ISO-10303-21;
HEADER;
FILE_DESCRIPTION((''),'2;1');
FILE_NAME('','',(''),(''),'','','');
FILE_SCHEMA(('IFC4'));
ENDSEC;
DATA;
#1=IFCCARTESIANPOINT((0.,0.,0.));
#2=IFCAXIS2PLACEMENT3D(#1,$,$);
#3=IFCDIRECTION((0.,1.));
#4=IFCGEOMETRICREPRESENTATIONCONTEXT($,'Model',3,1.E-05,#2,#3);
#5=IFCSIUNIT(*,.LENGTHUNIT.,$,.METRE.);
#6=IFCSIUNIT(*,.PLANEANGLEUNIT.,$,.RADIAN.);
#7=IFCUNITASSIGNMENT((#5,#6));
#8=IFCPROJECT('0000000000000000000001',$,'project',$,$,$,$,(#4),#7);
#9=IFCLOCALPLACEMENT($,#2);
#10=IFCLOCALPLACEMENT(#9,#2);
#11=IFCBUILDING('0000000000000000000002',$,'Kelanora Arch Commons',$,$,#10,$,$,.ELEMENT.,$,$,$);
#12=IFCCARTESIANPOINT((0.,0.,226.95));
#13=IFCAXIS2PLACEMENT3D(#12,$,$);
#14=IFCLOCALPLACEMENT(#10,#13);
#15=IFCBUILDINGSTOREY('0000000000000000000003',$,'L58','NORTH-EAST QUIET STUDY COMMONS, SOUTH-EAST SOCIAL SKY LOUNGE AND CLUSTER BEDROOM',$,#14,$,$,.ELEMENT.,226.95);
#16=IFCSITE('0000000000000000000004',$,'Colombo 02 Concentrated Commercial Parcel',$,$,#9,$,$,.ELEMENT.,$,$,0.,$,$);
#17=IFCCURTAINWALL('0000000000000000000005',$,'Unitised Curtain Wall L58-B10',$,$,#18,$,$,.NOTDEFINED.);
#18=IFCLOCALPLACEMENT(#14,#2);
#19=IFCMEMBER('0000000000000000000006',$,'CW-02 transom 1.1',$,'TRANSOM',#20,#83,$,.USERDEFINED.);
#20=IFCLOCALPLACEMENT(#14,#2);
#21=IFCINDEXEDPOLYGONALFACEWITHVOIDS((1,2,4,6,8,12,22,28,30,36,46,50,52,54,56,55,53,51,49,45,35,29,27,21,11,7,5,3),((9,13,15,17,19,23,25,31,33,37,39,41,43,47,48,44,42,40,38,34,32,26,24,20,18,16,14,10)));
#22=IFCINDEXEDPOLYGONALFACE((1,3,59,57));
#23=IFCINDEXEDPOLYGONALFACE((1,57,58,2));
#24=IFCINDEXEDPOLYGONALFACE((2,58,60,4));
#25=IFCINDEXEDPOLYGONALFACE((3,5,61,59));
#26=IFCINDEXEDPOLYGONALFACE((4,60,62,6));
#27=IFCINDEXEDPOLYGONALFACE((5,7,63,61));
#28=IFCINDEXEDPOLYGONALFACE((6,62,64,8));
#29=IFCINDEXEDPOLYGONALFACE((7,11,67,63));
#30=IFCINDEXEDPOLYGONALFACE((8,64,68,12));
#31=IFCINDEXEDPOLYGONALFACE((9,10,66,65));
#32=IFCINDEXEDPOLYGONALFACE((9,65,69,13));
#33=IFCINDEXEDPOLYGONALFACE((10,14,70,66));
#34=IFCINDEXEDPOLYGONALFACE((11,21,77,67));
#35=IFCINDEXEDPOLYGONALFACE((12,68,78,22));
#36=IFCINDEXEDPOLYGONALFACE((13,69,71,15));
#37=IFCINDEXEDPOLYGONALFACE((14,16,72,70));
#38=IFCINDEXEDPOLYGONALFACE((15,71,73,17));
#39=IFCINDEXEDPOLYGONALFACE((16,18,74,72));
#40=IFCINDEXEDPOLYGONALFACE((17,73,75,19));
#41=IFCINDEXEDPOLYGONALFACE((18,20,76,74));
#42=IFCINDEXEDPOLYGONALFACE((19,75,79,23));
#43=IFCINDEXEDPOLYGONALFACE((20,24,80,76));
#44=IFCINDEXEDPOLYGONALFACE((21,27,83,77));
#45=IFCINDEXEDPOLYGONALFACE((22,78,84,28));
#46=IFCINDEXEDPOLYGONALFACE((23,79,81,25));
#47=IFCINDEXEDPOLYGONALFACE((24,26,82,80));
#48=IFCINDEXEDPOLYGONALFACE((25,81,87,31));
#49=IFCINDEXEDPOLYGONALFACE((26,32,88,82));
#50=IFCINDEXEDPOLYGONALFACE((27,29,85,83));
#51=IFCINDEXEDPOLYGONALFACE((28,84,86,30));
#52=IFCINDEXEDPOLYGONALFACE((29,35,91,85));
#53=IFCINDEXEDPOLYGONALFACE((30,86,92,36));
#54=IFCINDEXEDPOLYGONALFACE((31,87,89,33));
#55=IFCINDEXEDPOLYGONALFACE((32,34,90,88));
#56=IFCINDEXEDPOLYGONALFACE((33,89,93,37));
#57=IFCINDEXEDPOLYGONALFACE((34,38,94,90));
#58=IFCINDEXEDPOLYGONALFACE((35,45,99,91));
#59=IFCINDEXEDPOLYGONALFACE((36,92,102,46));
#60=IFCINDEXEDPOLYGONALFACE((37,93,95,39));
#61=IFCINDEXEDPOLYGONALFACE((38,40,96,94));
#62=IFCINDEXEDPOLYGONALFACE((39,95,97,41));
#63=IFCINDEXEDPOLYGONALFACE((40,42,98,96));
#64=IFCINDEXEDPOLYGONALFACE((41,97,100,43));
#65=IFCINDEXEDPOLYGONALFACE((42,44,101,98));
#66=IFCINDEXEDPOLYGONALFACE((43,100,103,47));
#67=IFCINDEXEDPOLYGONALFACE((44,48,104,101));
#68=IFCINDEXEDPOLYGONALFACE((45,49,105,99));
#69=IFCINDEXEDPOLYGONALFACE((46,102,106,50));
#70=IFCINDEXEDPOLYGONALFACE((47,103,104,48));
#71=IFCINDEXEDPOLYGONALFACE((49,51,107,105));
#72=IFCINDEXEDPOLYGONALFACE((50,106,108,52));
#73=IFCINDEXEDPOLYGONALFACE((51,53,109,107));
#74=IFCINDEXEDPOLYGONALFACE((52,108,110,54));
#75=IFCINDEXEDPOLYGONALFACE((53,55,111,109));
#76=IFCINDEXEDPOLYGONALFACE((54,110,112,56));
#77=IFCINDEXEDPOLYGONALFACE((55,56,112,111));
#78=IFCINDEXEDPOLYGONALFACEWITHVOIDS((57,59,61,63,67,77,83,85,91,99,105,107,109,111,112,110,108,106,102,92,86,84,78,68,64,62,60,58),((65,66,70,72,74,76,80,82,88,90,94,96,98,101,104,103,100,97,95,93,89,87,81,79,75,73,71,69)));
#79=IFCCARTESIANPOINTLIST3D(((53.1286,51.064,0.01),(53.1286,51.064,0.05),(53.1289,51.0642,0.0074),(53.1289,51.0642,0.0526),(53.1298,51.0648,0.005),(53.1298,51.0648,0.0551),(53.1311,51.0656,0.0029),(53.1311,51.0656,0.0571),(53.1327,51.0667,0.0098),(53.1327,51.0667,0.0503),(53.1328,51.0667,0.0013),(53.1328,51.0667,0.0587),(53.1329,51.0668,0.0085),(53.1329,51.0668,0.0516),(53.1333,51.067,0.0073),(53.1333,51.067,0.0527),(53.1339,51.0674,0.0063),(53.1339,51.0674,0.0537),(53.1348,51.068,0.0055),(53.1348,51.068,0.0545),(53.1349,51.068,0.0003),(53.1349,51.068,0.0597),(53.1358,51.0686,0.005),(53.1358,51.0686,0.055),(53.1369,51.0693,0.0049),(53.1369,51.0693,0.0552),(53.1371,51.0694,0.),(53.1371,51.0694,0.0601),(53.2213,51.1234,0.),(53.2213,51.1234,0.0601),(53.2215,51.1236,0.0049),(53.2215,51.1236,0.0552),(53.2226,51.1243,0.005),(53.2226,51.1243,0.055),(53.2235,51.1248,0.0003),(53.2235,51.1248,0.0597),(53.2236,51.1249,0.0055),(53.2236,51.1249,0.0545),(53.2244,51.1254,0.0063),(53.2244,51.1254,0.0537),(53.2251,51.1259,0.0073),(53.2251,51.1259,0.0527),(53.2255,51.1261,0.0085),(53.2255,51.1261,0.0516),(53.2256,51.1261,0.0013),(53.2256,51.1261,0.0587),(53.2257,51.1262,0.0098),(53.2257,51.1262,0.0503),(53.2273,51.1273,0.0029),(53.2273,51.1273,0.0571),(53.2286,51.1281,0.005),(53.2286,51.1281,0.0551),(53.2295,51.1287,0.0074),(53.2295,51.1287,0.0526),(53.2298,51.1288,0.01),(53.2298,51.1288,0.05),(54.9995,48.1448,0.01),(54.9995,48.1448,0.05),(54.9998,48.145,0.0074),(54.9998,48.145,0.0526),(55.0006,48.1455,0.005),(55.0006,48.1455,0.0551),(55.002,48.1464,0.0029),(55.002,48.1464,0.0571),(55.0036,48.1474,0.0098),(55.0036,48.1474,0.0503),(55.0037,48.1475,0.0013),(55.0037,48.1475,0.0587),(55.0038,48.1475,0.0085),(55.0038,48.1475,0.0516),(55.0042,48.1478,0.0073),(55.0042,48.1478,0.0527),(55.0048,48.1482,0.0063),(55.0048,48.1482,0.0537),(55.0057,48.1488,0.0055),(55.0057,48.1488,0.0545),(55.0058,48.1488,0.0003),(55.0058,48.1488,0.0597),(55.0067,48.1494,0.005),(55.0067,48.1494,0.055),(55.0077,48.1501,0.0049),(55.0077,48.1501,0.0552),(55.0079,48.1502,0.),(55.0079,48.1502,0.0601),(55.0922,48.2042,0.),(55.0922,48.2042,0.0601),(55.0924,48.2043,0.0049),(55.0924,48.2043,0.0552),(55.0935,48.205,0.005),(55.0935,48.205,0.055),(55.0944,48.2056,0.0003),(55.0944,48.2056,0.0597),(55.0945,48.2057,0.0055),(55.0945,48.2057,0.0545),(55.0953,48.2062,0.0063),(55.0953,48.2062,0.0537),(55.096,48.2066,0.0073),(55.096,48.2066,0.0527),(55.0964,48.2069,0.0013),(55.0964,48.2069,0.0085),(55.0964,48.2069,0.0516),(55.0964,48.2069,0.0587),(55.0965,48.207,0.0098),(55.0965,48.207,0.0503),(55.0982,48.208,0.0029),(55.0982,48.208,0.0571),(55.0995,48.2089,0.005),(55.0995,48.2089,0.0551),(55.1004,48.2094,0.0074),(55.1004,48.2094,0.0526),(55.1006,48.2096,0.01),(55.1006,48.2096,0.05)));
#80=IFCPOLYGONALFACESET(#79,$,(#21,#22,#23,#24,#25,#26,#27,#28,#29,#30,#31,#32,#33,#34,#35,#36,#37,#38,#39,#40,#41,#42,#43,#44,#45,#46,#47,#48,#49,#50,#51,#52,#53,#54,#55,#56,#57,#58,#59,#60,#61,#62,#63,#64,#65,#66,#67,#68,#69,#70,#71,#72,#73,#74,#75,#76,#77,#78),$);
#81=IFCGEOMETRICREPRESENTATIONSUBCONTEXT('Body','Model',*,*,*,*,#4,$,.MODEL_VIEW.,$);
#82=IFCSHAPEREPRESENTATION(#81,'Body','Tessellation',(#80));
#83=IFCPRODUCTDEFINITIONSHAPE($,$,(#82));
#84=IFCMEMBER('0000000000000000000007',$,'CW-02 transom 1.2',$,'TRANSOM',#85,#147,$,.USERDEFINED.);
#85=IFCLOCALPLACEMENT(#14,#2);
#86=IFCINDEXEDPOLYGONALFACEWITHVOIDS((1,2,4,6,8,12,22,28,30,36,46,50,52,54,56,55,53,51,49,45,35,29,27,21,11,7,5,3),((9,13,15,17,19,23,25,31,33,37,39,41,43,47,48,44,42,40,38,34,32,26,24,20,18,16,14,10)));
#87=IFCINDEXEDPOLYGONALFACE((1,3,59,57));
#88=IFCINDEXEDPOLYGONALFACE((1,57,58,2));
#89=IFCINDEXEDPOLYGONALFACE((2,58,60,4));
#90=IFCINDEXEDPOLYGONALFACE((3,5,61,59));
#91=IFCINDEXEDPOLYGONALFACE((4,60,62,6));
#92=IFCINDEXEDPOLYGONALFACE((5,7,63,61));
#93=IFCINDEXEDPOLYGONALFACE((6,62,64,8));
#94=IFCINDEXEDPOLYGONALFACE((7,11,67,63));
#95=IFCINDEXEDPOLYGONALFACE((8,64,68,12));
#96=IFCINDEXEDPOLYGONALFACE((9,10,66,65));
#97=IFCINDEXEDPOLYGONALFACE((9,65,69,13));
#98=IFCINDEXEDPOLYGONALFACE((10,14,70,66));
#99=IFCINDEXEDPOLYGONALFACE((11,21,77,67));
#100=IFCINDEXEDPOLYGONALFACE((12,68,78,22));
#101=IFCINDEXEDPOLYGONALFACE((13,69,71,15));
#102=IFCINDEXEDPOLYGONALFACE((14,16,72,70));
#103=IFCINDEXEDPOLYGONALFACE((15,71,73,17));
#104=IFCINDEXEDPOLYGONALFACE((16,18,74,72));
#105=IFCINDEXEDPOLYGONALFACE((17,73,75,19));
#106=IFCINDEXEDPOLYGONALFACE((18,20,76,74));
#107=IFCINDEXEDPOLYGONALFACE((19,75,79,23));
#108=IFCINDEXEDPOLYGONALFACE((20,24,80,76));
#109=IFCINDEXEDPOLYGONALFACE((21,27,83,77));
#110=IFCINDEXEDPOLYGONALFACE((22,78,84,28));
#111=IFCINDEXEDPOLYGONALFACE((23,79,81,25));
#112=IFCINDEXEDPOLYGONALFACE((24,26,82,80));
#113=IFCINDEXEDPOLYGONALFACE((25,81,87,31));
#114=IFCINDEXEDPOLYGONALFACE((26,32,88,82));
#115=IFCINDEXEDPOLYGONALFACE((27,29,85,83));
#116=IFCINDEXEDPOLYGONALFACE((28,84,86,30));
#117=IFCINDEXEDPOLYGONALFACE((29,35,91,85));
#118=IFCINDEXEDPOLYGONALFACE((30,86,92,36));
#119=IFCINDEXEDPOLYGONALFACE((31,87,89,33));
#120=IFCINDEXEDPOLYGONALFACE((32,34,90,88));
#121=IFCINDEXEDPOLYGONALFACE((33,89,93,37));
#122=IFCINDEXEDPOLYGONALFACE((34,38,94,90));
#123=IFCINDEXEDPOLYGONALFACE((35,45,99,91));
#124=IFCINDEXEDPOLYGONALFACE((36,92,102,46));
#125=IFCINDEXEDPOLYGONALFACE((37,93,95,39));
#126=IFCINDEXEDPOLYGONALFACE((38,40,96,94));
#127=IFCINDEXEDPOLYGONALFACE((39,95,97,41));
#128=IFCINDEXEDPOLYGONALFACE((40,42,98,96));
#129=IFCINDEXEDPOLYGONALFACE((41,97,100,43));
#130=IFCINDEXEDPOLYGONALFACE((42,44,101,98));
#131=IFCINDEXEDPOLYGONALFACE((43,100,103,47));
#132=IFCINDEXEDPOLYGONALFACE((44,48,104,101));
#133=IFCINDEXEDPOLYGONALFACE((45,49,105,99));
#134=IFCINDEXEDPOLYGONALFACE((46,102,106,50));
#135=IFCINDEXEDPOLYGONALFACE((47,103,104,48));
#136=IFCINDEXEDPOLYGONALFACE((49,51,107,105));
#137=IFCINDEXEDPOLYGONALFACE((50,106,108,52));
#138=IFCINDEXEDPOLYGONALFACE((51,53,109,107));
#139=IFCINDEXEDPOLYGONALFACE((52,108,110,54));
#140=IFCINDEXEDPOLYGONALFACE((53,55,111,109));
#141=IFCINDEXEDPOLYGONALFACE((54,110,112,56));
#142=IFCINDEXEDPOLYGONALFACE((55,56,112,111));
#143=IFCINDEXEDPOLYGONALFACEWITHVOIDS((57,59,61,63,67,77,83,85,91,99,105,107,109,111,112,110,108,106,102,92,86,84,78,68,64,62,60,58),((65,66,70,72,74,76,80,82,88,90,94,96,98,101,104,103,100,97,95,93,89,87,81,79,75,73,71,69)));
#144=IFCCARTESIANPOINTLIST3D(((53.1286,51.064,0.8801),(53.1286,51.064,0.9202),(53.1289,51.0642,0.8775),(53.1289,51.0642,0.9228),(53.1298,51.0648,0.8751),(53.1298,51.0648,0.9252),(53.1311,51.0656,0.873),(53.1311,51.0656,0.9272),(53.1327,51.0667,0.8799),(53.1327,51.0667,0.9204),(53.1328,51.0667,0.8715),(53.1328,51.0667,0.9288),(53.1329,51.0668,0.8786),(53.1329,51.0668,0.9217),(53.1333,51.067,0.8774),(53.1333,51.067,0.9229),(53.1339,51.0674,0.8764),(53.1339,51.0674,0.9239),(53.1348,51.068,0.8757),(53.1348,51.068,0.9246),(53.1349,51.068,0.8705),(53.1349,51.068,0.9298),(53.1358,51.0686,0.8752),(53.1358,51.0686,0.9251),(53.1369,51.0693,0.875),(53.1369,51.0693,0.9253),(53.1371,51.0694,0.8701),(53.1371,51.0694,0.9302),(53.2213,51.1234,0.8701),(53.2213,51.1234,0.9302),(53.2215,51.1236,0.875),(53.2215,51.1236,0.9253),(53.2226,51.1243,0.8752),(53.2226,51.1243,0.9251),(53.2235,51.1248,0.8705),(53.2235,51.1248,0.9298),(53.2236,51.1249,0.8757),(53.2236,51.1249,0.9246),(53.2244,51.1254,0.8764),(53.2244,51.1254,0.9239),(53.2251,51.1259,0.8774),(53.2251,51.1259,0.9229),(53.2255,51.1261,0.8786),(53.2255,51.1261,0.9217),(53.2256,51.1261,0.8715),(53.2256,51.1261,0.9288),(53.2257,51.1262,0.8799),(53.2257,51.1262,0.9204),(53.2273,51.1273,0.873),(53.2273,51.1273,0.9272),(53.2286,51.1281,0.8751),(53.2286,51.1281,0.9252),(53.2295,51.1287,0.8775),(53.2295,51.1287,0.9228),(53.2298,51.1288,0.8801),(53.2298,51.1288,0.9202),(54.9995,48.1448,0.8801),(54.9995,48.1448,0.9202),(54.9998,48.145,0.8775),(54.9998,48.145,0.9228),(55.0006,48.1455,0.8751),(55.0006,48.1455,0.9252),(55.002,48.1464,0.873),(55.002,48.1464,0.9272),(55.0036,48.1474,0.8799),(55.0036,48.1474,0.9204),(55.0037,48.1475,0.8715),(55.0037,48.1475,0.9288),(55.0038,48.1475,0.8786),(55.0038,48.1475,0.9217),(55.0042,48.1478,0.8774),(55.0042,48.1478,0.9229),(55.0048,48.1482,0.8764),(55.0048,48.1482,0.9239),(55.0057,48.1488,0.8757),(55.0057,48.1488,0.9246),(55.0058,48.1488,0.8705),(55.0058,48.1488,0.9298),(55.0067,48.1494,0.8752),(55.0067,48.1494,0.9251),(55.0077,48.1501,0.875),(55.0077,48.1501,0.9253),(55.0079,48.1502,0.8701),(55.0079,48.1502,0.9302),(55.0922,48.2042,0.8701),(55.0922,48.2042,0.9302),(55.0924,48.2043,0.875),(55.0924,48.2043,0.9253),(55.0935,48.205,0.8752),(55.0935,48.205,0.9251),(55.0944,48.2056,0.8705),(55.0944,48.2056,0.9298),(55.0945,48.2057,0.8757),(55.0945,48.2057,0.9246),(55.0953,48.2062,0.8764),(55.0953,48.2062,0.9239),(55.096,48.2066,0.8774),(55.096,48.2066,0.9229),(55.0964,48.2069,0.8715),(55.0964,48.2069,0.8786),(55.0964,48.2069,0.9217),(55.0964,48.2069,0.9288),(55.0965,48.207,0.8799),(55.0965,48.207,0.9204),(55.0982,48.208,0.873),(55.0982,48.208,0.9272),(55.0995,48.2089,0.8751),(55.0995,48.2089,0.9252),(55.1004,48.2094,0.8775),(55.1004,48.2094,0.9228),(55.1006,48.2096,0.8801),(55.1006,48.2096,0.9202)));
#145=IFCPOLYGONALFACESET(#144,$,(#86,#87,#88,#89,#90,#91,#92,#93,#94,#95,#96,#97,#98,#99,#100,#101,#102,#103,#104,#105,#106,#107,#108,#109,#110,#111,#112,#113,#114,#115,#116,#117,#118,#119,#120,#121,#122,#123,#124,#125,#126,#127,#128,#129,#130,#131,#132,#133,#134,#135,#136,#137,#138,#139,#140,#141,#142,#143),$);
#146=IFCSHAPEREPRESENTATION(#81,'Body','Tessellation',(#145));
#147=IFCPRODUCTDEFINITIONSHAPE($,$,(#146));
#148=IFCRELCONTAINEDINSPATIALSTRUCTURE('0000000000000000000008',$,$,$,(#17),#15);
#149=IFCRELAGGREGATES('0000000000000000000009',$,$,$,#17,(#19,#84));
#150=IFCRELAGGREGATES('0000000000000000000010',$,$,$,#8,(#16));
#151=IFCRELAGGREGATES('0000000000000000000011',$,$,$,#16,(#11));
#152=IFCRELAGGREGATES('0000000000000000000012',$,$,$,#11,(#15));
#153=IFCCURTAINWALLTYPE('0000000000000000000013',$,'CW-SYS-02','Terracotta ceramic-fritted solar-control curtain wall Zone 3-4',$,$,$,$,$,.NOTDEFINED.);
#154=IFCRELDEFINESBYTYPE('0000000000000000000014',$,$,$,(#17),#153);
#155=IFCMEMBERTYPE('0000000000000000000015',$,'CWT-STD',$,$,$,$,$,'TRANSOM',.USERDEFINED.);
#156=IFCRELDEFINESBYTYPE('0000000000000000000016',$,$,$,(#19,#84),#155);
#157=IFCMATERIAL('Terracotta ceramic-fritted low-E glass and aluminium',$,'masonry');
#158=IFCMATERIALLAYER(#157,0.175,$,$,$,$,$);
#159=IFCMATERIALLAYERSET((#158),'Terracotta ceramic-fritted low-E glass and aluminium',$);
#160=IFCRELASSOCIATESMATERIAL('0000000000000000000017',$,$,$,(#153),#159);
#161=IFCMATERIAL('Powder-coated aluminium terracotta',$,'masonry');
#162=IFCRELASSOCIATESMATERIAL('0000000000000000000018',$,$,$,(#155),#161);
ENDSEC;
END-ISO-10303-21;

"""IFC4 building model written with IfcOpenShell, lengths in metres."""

from ifc_helpers import new_model, si_unit, direction, frame, origin, origin_2d, place, context, subcontext, project, spatial, hollow_rectangle, extrude, material, layer, layer_set, material_profile, profile_set, type_object, element, aggregate, save


model = new_model("IFC4")

# Units and contexts
model_context = context("Model", 3, precision=1e-05, world=origin(), true_north=direction((0.0, 1.0)))
body_context = subcontext(model_context, "Body", "Model", "MODEL_VIEW")
ifc_project = project(units=[si_unit("LENGTHUNIT", "METRE"), si_unit("PLANEANGLEUNIT", "RADIAN")], contexts=[model_context])

# Site, building, storey
site_placement = place(None, origin())
site = spatial("IfcSite", under=ifc_project, at=site_placement, Name="Colombo 02 Concentrated Commercial Parcel", CompositionType="ELEMENT", RefElevation=0.0)
building_placement = place(site_placement, origin())
building = spatial("IfcBuilding", under=site, at=building_placement, Name="Kelanora Arch Commons", CompositionType="ELEMENT")
storey_placement = place(building_placement, frame((0.0, 0.0, 226.95)))
storey = spatial("IfcBuildingStorey", under=building, at=storey_placement, Name="L58", Description="NORTH-EAST QUIET STUDY COMMONS, SOUTH-EAST SOCIAL SKY LOUNGE AND CLUSTER BEDROOM", CompositionType="ELEMENT", Elevation=226.95)

# Shared definitions
ifc_material_1 = material(Name="Terracotta ceramic-fritted low-E glass and aluminium", Category="masonry")
ifc_layer_1 = layer(ifc_material_1, 0.175)
ifc_layer_set_1 = layer_set([ifc_layer_1], Name="Terracotta ceramic-fritted low-E glass and aluminium")
curtain_wall_type = type_object("IfcCurtainWallType", Name="CW-SYS-02", Description="Terracotta ceramic-fritted solar-control curtain wall Zone 3-4", PredefinedType="NOTDEFINED", material=ifc_layer_set_1)
ifc_material_2 = material(Name="Powder-coated aluminium terracotta", Category="masonry")

# Curtain wall, members
curtain_wall_1_placement = place(storey_placement, origin())
curtain_wall_1 = element("IfcCurtainWall", 1, at=curtain_wall_1_placement, inside=storey, type_object=curtain_wall_type, Name="Unitised Curtain Wall L58-B10", PredefinedType="NOTDEFINED")
ifc_material_profile_1 = material_profile(ifc_material_2, hollow_rectangle(XDim=0.1201, YDim=0.0601, WallThickness=0.0049, InnerFilletRadius=0.0049, OuterFilletRadius=0.01, at=origin_2d()), Name="CWT120x60")
ifc_profile_set_1 = profile_set([ifc_material_profile_1], Name="Powder-coated aluminium terracotta")
member_type_1 = type_object("IfcMemberType", Name="CWT-STD", ElementType="TRANSOM", PredefinedType="USERDEFINED", material=ifc_profile_set_1)
member_1_placement = place(storey_placement, frame((53.1792, 51.0964, 0.03), z_axis=(0.539579, -0.841935, 0.0), x_axis=(0.841935, 0.539579, 0.0)))
member_1 = element("IfcMember", 2, at=member_1_placement, type_object=member_type_1, Name="CW-02 transom 1.1", ObjectType="TRANSOM", PredefinedType="USERDEFINED", context=body_context, shape_type="SweptSolid", body=[
    extrude(hollow_rectangle(XDim=0.1201, YDim=0.0601, WallThickness=0.0049, InnerFilletRadius=0.0049, OuterFilletRadius=0.01, at=origin_2d()), origin(), (0.0, 0.0, 1.0), 3.4673),
])
member_2_placement = place(storey_placement, frame((53.1792, 51.0964, 0.9001), z_axis=(0.539579, -0.841935, 0.0), x_axis=(0.841935, 0.539579, 0.0)))
member_2 = element("IfcMember", 3, at=member_2_placement, type_object=member_type_1, Name="CW-02 transom 1.2", ObjectType="TRANSOM", PredefinedType="USERDEFINED", context=body_context, shape_type="SweptSolid", body=[
    extrude(hollow_rectangle(XDim=0.1201, YDim=0.0601, WallThickness=0.0049, InnerFilletRadius=0.0049, OuterFilletRadius=0.01, at=origin_2d()), origin(), (0.0, 0.0, 1.0), 3.4673),
])
aggregate(curtain_wall_1, [member_1, member_2])

save(model, "model.ifc")
